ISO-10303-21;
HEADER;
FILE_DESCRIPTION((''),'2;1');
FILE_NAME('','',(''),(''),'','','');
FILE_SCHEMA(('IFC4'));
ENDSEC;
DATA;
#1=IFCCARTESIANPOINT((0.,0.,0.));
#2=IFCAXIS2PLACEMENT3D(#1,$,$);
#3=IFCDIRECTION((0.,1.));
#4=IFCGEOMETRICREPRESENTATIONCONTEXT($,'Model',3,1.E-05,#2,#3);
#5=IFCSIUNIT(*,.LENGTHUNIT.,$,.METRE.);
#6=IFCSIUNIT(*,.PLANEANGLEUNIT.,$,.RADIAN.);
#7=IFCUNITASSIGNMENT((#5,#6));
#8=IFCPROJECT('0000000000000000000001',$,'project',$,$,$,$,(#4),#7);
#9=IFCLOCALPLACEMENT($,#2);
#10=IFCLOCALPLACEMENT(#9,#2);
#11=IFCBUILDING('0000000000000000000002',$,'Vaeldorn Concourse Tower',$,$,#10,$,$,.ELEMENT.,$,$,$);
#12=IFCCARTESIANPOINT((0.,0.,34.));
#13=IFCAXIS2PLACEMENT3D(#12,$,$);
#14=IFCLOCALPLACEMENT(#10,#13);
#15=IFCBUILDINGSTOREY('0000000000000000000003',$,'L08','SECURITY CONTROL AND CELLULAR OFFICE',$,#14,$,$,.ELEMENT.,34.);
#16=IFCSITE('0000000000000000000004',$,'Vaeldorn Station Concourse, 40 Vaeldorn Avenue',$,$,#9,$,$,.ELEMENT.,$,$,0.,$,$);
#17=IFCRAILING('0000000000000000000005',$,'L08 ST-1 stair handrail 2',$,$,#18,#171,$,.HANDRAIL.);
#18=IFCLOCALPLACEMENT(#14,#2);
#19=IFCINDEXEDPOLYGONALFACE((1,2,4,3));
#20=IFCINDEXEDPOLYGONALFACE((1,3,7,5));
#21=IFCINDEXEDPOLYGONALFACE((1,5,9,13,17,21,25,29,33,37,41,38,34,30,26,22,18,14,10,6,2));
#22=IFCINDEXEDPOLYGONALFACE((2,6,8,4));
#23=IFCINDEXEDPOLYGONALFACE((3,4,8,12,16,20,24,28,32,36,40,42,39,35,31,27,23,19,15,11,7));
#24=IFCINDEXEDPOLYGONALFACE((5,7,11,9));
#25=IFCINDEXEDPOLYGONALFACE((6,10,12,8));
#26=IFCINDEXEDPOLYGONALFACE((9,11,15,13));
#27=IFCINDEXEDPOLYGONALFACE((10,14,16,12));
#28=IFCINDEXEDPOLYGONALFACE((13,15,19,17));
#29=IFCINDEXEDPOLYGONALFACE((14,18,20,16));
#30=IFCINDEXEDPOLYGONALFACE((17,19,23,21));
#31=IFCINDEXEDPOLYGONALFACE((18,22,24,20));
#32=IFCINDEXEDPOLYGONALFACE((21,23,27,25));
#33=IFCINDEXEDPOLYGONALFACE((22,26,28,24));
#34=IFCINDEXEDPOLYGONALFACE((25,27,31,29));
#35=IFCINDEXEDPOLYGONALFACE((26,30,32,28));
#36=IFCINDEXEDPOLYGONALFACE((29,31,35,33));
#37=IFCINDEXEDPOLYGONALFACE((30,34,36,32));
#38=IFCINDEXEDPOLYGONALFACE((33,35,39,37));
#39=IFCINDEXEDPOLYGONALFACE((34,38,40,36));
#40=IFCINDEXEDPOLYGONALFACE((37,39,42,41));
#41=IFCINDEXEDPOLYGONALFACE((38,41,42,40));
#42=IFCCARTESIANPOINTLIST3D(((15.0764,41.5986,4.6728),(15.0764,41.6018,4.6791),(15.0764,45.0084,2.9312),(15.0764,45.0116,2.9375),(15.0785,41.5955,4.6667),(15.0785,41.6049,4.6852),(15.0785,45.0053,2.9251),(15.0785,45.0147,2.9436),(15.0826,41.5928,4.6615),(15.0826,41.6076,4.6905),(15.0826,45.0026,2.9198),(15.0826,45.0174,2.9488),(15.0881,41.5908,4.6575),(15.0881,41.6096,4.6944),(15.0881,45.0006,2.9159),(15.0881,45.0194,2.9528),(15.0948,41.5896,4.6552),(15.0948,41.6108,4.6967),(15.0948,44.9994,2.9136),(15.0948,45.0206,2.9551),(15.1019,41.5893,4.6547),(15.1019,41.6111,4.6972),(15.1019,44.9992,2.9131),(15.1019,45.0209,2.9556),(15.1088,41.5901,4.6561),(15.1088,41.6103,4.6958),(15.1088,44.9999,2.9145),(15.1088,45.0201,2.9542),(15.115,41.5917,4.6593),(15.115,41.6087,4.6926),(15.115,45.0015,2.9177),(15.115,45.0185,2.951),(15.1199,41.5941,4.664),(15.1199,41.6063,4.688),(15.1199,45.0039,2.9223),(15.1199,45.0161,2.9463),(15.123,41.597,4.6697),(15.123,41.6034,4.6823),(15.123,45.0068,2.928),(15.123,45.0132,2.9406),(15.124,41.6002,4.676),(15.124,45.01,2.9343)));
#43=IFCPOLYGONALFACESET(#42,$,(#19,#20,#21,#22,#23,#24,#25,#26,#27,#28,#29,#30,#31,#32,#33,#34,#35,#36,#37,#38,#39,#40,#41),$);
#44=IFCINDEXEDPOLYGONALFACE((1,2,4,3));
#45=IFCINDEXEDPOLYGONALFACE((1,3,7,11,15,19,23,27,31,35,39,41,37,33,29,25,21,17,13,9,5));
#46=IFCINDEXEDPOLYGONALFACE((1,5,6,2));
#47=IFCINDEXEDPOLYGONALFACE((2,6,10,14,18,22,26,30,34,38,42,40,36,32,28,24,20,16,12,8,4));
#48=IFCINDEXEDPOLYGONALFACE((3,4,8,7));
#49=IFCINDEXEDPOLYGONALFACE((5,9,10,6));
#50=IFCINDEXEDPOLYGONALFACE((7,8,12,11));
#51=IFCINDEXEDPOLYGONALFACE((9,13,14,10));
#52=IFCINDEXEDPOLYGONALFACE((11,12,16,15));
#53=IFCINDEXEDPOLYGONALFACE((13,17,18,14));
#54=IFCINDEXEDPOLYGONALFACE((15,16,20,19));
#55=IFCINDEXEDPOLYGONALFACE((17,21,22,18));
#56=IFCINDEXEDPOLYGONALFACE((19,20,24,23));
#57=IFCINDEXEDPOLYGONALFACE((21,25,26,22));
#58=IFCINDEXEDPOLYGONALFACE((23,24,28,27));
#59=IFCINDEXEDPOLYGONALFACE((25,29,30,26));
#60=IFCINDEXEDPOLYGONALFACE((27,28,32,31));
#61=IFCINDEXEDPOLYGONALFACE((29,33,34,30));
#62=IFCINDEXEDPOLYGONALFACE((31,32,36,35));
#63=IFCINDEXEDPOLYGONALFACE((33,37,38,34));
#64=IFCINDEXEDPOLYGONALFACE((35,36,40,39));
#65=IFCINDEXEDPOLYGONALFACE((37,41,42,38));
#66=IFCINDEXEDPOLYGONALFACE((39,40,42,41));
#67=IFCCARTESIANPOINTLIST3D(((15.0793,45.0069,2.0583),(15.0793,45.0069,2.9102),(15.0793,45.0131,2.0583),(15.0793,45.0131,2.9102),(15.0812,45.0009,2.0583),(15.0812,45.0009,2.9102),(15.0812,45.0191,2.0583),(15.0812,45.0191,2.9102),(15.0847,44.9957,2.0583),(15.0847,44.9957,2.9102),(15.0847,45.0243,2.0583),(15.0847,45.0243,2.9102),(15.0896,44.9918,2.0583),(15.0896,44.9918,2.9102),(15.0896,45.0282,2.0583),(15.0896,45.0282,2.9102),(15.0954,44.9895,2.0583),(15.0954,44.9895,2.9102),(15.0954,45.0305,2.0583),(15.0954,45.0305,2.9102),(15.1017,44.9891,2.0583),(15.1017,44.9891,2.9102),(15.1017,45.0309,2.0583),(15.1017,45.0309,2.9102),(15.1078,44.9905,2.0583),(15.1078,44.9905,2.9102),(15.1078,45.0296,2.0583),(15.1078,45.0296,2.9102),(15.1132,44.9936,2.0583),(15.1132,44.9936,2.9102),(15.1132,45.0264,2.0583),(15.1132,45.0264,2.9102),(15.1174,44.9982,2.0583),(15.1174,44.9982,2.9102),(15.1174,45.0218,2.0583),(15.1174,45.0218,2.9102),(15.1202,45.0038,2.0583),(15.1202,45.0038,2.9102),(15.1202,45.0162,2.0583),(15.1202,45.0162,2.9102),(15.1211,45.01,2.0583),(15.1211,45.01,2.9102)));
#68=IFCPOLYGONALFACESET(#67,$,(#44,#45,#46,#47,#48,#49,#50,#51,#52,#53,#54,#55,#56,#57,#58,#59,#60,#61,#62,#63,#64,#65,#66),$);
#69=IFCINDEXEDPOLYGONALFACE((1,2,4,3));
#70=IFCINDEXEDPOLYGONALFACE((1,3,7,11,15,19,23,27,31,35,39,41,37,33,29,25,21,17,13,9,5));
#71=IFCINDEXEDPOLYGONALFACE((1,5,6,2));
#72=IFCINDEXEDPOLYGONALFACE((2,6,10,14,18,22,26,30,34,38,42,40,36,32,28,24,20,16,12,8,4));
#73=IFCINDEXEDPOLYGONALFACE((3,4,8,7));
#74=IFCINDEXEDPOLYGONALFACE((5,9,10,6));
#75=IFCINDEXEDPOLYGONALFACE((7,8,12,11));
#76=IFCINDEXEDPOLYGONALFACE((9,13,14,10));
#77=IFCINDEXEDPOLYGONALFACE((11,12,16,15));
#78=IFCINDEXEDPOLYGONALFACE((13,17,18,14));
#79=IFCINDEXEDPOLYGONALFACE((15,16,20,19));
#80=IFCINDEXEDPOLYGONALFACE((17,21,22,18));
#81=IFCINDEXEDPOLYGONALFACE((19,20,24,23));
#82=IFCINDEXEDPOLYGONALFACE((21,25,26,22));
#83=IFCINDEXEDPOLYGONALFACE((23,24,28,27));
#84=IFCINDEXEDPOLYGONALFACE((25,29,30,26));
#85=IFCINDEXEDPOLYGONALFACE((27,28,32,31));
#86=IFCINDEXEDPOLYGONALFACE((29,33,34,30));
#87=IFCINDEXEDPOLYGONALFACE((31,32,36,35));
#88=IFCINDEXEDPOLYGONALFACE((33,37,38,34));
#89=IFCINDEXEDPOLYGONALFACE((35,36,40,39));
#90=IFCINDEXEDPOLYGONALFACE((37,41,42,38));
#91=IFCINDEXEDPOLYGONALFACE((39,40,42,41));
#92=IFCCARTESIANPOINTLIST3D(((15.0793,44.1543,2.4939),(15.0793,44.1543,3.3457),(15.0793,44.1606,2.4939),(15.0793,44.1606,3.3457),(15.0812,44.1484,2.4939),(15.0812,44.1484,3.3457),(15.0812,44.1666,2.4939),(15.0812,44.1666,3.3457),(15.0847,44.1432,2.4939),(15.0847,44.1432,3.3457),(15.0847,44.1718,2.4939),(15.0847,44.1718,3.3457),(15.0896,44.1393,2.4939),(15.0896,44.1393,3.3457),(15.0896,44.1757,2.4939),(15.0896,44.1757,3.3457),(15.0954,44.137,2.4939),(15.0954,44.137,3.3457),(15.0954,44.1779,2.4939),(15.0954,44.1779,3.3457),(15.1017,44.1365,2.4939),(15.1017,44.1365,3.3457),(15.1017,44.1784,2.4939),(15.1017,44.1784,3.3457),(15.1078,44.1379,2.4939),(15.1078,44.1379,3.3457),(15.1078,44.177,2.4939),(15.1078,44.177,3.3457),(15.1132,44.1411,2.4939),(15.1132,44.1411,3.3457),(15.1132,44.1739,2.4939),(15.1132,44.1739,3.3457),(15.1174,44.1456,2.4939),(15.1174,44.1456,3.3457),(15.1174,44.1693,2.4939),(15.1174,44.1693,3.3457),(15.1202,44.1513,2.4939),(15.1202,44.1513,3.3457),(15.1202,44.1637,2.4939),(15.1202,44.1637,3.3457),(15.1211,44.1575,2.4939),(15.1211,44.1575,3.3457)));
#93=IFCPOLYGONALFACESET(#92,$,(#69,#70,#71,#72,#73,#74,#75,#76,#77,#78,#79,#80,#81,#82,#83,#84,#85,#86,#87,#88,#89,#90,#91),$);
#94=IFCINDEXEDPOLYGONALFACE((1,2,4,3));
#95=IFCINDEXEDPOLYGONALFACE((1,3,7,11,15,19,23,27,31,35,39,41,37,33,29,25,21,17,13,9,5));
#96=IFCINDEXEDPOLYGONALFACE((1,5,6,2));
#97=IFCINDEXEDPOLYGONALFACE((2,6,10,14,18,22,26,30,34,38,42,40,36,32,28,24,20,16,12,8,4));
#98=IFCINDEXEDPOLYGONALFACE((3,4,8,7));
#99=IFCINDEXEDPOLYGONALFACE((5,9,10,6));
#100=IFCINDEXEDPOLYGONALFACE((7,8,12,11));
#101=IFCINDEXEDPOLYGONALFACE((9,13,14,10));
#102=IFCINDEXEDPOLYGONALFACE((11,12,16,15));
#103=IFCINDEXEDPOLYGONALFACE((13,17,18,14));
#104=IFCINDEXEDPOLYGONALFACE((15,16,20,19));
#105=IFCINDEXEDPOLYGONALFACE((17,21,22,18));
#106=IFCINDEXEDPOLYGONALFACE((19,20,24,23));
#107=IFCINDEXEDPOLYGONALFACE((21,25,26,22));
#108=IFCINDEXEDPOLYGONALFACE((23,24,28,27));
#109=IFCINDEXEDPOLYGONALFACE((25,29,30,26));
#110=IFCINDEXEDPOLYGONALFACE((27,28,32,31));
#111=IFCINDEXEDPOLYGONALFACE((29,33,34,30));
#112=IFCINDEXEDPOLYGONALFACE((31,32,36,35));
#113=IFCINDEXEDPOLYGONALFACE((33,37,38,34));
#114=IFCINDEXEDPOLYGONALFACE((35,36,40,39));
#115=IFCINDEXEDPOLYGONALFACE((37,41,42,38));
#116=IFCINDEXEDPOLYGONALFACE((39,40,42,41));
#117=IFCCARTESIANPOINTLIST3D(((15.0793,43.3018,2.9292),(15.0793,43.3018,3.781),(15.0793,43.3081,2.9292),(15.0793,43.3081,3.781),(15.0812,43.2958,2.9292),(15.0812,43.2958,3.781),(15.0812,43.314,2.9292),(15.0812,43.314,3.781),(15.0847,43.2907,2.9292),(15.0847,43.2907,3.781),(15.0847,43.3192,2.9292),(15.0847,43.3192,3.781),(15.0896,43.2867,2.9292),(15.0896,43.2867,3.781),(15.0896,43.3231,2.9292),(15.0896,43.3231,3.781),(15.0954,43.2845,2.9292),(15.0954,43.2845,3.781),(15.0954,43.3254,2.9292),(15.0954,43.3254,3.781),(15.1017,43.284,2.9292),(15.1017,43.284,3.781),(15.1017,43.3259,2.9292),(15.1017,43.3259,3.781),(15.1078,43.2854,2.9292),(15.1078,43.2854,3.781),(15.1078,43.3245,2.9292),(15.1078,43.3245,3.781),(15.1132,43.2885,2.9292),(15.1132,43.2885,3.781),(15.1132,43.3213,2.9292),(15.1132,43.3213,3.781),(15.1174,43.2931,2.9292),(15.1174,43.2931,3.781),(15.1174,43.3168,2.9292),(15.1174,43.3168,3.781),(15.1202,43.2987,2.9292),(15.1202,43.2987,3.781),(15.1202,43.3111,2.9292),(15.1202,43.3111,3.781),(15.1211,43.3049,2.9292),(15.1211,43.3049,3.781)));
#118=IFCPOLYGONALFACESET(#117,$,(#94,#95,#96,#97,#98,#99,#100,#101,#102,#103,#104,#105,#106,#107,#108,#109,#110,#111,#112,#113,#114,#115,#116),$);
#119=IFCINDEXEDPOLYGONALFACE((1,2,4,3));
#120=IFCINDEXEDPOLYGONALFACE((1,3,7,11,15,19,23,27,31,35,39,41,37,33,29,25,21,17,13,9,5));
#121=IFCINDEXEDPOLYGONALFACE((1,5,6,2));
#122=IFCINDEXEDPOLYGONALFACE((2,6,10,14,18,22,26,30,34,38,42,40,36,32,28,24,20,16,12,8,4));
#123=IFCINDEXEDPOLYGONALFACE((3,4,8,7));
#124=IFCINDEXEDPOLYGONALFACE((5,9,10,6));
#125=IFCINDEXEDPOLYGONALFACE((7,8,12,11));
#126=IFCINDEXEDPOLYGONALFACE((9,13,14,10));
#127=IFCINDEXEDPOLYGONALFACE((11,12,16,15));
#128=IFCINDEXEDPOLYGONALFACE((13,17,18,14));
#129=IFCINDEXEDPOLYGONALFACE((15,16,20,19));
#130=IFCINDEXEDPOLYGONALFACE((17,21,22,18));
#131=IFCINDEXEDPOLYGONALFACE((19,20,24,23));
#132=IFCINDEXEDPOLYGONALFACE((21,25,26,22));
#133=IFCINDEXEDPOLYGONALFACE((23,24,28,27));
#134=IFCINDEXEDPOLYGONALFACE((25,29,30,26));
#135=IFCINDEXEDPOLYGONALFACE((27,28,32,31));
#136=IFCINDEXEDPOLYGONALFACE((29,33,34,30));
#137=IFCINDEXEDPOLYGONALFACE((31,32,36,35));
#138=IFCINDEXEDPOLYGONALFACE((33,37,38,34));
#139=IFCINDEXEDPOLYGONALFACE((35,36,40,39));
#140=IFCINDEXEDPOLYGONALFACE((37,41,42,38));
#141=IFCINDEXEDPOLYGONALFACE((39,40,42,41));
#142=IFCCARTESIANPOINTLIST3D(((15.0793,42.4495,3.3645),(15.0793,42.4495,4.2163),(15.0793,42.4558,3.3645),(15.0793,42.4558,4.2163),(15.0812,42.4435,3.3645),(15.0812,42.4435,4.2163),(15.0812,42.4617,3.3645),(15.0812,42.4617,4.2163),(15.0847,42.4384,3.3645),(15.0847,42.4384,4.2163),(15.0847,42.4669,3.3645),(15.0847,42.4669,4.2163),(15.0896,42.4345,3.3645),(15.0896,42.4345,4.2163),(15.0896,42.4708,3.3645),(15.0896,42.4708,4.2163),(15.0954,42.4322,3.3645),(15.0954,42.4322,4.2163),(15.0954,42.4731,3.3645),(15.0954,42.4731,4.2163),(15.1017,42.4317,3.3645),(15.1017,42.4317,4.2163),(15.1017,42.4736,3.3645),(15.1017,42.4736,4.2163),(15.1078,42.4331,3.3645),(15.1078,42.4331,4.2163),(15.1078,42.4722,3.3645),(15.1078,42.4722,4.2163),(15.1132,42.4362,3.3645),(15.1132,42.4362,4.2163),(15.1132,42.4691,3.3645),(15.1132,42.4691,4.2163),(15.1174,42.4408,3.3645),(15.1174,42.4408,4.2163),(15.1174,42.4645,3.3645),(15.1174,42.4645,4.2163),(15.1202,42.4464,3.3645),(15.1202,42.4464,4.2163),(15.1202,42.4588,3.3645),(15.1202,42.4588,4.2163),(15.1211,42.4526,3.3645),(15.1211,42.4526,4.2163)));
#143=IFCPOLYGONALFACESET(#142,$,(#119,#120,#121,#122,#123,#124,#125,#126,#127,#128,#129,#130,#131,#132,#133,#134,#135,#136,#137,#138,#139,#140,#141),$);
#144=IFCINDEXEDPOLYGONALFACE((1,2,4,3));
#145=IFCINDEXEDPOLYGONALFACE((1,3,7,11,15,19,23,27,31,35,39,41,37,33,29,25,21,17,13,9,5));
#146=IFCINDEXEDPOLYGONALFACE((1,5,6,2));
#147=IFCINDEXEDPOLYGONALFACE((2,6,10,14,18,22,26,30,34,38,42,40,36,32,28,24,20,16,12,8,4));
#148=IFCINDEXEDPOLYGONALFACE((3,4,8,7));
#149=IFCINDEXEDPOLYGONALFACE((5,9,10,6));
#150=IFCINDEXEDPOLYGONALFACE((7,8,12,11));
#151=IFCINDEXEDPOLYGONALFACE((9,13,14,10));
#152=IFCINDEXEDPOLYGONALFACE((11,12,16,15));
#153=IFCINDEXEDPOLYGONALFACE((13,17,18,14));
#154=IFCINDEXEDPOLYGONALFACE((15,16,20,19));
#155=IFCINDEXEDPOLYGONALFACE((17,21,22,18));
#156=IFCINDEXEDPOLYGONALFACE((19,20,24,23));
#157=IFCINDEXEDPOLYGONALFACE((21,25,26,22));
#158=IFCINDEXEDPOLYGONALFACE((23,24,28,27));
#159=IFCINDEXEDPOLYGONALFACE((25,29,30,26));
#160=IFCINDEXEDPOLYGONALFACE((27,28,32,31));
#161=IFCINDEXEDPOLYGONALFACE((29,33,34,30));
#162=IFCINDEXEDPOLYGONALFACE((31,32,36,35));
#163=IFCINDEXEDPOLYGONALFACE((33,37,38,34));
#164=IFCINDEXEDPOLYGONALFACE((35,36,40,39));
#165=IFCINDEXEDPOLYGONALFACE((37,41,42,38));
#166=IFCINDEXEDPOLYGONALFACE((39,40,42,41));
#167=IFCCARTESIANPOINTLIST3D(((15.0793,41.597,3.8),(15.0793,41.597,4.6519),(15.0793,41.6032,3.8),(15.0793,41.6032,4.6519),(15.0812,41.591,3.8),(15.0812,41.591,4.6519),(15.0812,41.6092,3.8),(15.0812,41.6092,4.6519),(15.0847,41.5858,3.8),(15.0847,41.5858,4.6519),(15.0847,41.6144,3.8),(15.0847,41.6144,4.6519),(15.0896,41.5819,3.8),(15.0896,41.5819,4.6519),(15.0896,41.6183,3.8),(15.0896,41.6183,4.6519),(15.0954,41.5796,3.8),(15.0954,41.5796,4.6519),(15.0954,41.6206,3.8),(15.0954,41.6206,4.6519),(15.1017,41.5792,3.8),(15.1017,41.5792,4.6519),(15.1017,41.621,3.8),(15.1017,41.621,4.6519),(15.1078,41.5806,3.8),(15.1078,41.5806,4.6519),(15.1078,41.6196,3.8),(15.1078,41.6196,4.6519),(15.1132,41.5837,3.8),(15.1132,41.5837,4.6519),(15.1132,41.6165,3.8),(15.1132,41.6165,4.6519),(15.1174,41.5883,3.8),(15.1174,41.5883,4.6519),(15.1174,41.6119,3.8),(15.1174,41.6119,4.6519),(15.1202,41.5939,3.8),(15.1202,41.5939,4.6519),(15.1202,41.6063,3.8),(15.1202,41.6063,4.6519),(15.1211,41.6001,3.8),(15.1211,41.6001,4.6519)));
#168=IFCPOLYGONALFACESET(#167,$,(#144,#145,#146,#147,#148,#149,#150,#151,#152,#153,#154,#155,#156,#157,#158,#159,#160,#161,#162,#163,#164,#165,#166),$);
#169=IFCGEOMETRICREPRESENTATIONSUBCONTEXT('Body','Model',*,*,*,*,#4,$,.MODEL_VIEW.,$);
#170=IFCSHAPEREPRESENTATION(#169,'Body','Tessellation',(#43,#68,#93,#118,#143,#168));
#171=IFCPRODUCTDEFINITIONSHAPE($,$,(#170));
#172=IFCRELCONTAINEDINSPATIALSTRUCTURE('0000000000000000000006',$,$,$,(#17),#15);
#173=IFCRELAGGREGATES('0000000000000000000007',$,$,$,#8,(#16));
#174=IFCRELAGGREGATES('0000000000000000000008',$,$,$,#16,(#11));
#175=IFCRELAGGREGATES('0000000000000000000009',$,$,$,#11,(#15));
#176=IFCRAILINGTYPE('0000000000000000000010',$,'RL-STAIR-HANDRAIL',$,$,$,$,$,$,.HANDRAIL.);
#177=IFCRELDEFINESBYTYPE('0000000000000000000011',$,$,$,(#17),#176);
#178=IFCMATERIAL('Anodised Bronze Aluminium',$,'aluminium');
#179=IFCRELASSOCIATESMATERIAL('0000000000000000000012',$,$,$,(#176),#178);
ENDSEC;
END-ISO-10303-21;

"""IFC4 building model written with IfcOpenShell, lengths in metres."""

from ifc_helpers import new_model, si_unit, direction, frame, origin, origin_2d, place, context, subcontext, project, spatial, circle, extrude, material, type_object, element, save


model = new_model("IFC4")

# Units and contexts
model_context = context("Model", 3, precision=1e-05, world=origin(), true_north=direction((0.0, 1.0)))
body_context = subcontext(model_context, "Body", "Model", "MODEL_VIEW")
ifc_project = project(units=[si_unit("LENGTHUNIT", "METRE"), si_unit("PLANEANGLEUNIT", "RADIAN")], contexts=[model_context])

# Site, building, storey
site_placement = place(None, origin())
site = spatial("IfcSite", under=ifc_project, at=site_placement, Name="Vaeldorn Station Concourse, 40 Vaeldorn Avenue", CompositionType="ELEMENT", RefElevation=0.0)
building_placement = place(site_placement, origin())
building = spatial("IfcBuilding", under=site, at=building_placement, Name="Vaeldorn Concourse Tower", CompositionType="ELEMENT")
storey_placement = place(building_placement, frame((0.0, 0.0, 34.0)))
storey = spatial("IfcBuildingStorey", under=building, at=storey_placement, Name="L08", Description="SECURITY CONTROL AND CELLULAR OFFICE", CompositionType="ELEMENT", Elevation=34.0)

# Shared definitions
ifc_material_1 = material(Name="Anodised Bronze Aluminium", Category="aluminium")

# Railing
railing_type_1 = type_object("IfcRailingType", Name="RL-STAIR-HANDRAIL", PredefinedType="HANDRAIL", material=ifc_material_1)
railing_1_placement = place(storey_placement, frame((15.1001, 45.01, 2.0583)))
element("IfcRailing", 1, at=railing_1_placement, inside=storey, type_object=railing_type_1, Name="L08 ST-1 stair handrail 2", PredefinedType="HANDRAIL", context=body_context, shape_type="SweptSolid", body=[
    extrude(circle(Radius=0.0239, at=origin_2d()), frame((0.0, 0.0, 0.876), z_axis=(0.0, -0.890556, 0.454874), x_axis=(1.0, 0.0, 0.0)), (0.0, 0.0, 1.0), 3.8289),
    extrude(circle(Radius=0.021, at=origin_2d()), origin(), (0.0, 0.0, 1.0), 0.8518),
    extrude(circle(Radius=0.021, at=origin_2d()), frame((0.0, -0.8525, 0.4355)), (0.0, 0.0, 1.0), 0.8518),
    extrude(circle(Radius=0.021, at=origin_2d()), frame((0.0, -1.7051, 0.8708)), (0.0, 0.0, 1.0), 0.8518),
    extrude(circle(Radius=0.021, at=origin_2d()), frame((0.0, -2.5574, 1.3062)), (0.0, 0.0, 1.0), 0.8518),
    extrude(circle(Radius=0.021, at=origin_2d()), frame((0.0, -3.4099, 1.7417)), (0.0, 0.0, 1.0), 0.8518),
])

save(model, "model.ifc")
